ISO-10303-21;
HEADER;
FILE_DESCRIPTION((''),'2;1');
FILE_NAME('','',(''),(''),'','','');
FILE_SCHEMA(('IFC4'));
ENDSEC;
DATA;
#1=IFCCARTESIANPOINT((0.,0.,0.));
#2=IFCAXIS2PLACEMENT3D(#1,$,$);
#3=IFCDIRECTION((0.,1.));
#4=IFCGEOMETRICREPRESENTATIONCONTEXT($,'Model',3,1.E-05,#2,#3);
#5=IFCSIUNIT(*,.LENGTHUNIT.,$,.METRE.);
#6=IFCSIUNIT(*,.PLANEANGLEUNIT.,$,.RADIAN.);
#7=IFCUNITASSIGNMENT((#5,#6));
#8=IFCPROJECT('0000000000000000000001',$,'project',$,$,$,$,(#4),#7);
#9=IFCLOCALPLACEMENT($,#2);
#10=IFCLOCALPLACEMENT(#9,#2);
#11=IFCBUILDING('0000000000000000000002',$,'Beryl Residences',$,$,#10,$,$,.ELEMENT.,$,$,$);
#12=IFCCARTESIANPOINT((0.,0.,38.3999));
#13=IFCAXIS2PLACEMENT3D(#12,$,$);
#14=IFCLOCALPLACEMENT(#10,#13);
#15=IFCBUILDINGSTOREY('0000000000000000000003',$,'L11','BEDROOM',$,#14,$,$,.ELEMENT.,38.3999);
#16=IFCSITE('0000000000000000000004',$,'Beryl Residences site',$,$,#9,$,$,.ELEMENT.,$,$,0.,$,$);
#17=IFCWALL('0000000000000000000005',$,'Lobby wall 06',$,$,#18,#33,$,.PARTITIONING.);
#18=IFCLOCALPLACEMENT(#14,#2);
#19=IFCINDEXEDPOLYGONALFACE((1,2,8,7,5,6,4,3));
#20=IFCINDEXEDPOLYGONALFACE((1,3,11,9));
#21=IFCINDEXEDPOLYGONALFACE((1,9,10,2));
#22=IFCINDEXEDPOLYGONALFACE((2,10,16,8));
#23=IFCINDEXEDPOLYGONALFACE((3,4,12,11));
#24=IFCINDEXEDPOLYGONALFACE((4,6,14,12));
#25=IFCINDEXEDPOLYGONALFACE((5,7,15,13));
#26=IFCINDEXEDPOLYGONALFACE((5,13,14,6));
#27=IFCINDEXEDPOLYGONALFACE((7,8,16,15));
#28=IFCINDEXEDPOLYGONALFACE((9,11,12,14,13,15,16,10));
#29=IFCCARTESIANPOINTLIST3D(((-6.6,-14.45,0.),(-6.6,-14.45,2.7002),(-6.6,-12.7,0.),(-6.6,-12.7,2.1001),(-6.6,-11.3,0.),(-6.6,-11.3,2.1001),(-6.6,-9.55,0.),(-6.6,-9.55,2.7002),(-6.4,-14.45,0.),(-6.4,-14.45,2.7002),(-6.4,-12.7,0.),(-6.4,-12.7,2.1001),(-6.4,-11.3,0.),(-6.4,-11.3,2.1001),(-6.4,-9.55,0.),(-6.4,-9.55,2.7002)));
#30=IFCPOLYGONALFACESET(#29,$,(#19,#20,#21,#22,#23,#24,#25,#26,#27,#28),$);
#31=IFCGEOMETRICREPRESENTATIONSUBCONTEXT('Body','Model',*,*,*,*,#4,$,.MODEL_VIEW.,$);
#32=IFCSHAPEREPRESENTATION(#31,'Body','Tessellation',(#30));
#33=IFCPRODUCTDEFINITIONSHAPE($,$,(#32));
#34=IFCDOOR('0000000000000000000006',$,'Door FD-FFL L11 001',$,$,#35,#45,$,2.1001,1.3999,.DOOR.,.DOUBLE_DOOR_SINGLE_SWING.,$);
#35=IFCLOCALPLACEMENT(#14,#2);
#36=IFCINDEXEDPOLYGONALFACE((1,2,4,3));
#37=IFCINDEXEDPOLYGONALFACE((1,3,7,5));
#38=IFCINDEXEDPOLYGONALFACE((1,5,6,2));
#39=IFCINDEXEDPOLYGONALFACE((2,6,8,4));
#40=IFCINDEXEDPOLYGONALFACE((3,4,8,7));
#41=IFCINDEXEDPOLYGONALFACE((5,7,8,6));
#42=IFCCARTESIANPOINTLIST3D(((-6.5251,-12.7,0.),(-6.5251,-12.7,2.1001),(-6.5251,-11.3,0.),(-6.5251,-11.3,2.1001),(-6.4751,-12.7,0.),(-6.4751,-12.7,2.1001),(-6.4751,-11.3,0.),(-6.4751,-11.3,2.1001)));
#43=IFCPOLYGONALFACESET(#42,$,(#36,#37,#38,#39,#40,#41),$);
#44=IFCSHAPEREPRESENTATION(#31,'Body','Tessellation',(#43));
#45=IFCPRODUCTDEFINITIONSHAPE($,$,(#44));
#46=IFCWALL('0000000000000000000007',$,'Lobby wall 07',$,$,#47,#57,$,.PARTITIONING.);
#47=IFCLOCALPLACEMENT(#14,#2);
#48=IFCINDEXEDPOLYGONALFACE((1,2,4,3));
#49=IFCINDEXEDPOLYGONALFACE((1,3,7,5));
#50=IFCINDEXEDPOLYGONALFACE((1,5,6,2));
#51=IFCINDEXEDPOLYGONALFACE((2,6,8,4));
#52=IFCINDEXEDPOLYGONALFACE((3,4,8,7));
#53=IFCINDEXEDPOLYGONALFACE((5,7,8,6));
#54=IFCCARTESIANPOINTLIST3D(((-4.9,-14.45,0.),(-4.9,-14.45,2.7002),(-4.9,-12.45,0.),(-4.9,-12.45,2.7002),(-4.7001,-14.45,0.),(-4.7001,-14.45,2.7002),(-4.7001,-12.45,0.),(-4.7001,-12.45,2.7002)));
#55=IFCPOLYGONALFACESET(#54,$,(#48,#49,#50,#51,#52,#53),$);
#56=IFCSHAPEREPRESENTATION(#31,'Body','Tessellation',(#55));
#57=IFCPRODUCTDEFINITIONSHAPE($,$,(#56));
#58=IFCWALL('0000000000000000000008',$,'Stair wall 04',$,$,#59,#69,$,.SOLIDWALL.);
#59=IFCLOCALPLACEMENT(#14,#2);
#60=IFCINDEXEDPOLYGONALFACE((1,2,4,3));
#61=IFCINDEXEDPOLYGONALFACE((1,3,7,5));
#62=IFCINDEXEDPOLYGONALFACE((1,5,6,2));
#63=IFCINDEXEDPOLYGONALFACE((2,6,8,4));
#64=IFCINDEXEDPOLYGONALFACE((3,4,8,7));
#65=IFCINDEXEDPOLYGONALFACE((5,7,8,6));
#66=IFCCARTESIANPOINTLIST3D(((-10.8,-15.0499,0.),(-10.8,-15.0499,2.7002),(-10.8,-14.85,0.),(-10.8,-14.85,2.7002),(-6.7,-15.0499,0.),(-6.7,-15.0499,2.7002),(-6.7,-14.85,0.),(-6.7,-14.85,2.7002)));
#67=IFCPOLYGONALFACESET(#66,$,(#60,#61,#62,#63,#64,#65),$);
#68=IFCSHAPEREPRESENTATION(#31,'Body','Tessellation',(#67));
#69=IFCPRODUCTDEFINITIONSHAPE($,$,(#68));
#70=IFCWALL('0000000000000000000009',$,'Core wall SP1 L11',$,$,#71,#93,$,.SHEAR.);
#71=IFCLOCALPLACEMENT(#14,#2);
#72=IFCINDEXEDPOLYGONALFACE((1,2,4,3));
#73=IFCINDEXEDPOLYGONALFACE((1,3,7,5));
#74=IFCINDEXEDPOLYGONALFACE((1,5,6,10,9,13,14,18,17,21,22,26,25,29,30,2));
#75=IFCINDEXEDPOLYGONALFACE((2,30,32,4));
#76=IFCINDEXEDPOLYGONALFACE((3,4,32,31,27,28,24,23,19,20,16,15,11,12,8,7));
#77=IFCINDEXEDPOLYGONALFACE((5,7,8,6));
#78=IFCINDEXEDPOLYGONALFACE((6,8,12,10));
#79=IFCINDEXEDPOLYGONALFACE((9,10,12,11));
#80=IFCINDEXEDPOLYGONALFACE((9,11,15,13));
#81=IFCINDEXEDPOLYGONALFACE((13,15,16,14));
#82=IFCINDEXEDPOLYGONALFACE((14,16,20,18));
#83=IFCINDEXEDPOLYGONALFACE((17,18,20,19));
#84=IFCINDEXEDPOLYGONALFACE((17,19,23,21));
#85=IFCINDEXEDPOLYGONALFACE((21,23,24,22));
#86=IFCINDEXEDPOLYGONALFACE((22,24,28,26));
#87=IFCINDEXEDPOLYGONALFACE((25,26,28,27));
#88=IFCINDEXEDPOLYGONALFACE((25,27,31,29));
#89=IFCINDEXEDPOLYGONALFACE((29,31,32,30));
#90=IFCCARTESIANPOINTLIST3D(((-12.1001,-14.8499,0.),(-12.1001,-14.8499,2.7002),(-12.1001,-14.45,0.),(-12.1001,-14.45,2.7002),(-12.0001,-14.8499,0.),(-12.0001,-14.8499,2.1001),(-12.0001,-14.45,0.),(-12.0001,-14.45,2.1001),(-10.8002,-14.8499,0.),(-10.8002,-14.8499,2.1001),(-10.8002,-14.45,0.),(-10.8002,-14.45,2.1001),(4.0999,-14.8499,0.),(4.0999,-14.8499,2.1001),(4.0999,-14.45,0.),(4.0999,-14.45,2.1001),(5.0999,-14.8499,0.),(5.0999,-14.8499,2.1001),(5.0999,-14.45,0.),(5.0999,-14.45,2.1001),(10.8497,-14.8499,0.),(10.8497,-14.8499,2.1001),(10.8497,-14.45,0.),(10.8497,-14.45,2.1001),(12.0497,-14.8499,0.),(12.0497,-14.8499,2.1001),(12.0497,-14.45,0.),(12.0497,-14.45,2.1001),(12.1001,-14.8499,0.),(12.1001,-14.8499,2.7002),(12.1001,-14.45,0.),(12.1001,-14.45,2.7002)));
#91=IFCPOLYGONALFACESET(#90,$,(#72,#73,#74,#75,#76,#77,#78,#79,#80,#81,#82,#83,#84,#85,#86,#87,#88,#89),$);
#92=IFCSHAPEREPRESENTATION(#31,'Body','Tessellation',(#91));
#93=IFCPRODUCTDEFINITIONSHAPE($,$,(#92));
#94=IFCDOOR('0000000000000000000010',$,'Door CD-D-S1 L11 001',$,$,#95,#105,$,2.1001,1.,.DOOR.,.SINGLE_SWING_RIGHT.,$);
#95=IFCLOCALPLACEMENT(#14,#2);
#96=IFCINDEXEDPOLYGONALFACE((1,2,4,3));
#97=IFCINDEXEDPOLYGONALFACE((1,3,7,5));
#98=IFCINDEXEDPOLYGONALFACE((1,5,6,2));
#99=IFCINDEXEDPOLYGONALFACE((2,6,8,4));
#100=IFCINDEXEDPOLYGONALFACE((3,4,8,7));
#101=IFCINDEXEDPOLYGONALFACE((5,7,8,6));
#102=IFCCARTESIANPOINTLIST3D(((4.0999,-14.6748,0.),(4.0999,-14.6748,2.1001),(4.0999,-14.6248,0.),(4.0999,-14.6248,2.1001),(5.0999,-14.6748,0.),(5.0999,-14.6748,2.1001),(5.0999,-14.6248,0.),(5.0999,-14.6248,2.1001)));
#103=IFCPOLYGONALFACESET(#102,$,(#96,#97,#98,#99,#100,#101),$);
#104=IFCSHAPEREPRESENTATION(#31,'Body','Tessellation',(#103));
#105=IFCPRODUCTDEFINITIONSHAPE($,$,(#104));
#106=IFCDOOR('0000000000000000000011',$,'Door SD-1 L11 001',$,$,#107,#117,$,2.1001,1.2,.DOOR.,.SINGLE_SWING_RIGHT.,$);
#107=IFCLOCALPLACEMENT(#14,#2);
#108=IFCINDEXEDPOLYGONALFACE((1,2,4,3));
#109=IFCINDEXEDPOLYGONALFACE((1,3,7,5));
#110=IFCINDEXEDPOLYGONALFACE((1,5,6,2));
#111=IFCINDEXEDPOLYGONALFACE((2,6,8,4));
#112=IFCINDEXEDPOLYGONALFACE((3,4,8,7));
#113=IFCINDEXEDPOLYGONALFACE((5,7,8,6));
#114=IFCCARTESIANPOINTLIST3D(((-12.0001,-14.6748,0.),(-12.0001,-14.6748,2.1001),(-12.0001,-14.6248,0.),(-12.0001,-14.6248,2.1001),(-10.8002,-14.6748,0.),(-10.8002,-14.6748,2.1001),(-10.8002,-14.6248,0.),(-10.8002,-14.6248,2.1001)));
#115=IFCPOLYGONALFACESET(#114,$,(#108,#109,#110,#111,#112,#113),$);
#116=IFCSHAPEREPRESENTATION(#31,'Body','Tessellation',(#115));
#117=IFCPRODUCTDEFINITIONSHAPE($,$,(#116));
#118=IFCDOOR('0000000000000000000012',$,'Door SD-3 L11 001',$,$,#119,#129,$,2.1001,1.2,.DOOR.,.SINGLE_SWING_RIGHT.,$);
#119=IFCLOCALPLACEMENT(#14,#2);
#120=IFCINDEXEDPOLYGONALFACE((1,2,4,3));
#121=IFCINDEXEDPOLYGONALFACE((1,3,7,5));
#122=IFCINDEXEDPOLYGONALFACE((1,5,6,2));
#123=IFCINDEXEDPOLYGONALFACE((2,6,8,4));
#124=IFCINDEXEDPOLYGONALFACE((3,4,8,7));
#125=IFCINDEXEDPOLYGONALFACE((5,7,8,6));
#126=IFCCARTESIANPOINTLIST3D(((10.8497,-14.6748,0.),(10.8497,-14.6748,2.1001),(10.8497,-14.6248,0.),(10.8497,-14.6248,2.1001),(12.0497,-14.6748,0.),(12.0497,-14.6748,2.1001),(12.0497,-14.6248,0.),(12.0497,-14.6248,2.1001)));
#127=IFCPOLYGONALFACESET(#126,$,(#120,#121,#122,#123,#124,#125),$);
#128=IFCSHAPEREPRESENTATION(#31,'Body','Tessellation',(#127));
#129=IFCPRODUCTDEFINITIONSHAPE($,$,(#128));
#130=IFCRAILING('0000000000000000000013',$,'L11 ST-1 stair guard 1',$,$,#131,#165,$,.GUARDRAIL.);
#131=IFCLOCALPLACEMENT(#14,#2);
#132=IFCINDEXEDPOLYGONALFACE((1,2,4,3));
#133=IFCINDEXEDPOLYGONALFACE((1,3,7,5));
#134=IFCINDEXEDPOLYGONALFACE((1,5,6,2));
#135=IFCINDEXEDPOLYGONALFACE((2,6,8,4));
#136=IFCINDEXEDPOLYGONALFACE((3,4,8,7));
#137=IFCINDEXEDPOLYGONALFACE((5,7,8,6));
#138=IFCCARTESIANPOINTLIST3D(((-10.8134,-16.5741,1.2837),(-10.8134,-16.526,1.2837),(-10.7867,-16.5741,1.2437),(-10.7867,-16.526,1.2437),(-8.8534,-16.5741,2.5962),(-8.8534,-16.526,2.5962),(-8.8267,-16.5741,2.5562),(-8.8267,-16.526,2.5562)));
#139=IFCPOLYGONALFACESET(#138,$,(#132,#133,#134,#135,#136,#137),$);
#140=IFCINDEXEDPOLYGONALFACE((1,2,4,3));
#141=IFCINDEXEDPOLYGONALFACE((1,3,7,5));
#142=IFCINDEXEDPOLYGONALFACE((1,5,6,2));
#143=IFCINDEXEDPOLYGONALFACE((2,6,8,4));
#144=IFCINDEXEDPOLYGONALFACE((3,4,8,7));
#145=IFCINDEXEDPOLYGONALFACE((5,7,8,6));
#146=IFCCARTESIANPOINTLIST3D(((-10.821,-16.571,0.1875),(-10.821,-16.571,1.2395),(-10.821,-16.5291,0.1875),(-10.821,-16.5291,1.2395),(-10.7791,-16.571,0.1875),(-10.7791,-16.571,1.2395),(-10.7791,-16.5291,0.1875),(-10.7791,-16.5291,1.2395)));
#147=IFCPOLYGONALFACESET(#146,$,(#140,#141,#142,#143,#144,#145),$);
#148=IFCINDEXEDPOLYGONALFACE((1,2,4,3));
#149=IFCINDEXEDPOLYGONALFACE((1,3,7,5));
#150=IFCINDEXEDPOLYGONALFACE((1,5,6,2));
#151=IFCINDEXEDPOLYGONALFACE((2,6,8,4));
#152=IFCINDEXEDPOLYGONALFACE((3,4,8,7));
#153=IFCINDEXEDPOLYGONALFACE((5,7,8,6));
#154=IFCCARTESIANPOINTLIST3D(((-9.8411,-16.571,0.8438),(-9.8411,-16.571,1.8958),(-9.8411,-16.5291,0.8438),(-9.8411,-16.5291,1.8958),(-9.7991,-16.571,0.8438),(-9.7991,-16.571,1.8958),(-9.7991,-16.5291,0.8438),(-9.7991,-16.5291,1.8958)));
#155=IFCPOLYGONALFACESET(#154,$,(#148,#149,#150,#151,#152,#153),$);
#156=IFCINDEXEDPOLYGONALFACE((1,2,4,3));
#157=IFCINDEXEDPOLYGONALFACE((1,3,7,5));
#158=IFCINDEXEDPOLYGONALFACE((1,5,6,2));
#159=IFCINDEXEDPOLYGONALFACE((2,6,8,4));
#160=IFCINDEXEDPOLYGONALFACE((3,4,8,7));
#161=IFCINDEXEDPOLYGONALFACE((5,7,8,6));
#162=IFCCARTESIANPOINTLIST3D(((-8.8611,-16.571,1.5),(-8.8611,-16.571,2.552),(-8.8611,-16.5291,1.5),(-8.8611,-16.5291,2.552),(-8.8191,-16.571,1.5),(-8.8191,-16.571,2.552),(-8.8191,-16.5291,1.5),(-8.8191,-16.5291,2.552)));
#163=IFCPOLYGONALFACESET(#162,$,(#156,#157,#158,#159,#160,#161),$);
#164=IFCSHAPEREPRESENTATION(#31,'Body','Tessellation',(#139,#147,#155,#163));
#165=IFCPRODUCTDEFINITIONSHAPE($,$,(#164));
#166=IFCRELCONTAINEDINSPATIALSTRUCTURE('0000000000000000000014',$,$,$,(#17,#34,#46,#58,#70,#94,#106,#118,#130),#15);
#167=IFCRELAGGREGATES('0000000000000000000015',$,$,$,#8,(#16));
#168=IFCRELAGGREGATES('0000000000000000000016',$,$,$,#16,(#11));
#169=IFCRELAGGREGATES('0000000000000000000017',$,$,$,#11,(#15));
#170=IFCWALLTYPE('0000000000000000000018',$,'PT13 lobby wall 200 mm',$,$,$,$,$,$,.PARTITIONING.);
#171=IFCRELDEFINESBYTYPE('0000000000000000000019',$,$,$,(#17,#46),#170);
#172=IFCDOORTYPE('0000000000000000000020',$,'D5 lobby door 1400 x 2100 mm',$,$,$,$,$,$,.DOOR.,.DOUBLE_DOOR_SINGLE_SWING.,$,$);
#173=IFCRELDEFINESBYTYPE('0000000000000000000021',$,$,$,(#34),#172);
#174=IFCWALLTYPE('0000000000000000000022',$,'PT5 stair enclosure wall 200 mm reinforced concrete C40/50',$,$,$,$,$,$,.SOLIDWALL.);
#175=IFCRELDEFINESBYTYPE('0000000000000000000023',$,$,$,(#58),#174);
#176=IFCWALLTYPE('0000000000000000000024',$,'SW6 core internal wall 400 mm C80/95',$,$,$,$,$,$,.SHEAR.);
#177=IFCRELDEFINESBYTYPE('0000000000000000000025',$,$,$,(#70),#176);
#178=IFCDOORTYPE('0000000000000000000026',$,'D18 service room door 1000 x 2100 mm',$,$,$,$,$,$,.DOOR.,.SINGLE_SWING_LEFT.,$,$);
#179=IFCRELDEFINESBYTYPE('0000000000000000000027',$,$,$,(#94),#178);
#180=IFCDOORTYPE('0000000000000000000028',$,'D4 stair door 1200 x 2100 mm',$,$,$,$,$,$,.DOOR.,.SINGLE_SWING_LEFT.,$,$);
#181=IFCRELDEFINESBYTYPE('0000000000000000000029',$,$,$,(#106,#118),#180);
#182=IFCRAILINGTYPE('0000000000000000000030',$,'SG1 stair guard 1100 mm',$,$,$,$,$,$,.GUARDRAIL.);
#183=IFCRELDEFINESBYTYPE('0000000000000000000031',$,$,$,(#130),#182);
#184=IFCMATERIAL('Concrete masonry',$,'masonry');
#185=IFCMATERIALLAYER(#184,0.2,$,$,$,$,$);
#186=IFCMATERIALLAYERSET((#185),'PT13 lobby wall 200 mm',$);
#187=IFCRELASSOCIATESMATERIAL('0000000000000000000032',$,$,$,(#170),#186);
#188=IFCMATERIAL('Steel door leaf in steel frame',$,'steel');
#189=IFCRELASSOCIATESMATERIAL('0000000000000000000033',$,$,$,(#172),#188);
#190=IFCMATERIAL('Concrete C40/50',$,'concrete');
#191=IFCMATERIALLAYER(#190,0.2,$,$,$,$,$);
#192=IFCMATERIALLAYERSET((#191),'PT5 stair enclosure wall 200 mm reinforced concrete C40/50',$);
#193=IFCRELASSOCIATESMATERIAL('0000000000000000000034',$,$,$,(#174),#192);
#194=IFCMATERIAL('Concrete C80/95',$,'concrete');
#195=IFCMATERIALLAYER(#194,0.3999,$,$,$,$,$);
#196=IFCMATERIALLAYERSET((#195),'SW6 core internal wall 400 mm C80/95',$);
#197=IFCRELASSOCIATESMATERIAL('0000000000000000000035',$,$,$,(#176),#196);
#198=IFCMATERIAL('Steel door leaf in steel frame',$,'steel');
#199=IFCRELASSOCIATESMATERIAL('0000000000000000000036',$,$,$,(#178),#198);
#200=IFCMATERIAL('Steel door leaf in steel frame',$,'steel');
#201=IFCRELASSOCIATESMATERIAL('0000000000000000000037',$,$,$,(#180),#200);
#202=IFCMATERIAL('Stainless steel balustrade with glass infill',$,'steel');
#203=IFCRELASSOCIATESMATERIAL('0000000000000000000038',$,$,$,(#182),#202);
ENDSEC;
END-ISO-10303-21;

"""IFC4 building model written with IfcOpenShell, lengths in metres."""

from ifc_helpers import new_model, si_unit, direction, frame, frame_2d, origin, origin_2d, place, context, subcontext, project, spatial, rectangle, extrude, material, layer, layer_set, type_object, element, fill, save


model = new_model("IFC4")

# Units and contexts
model_context = context("Model", 3, precision=1e-05, world=origin(), true_north=direction((0.0, 1.0)))
body_context = subcontext(model_context, "Body", "Model", "MODEL_VIEW")
ifc_project = project(units=[si_unit("LENGTHUNIT", "METRE"), si_unit("PLANEANGLEUNIT", "RADIAN")], contexts=[model_context])

# Site, building, storey
site_placement = place(None, origin())
site = spatial("IfcSite", under=ifc_project, at=site_placement, Name="Beryl Residences site", CompositionType="ELEMENT", RefElevation=0.0)
building_placement = place(site_placement, origin())
building = spatial("IfcBuilding", under=site, at=building_placement, Name="Beryl Residences", CompositionType="ELEMENT")
storey_placement = place(building_placement, frame((0.0, 0.0, 38.3999)))
storey = spatial("IfcBuildingStorey", under=building, at=storey_placement, Name="L11", Description="BEDROOM", CompositionType="ELEMENT", Elevation=38.3999)

# Wall, opening, door
ifc_material_1 = material(Name="Concrete masonry", Category="masonry")
ifc_layer_1 = layer(ifc_material_1, 0.2)
ifc_layer_set_1 = layer_set([ifc_layer_1], Name="PT13 lobby wall 200 mm")
wall_type_1 = type_object("IfcWallType", Name="PT13 lobby wall 200 mm", PredefinedType="PARTITIONING", material=ifc_layer_set_1)
wall_1_placement = place(storey_placement, frame((-6.5, -14.45, 0.0), z_axis=(0.0, 0.0, 1.0), x_axis=(0.0, 1.0, 0.0)))
wall_1 = element("IfcWall", 1, at=wall_1_placement, inside=storey, type_object=wall_type_1, Name="Lobby wall 06", PredefinedType="PARTITIONING", context=body_context, shape_type="SweptSolid", body=[
    extrude(rectangle(XDim=4.8999, YDim=0.2, at=frame_2d((2.45, 0.0))), origin(), (0.0, 0.0, 1.0), 2.7002),
])
opening_1_placement = place(wall_1_placement, frame((3.1499, 0.0, 0.0), z_axis=(0.0, 0.0, 1.0), x_axis=(-1.0, 0.0, 0.0)))
opening_1 = element("IfcOpeningElement", 2, at=opening_1_placement, cuts=wall_1, PredefinedType="OPENING", context=body_context, shape_type="SweptSolid", body=[
    extrude(rectangle(XDim=1.3999, YDim=2.1001, at=frame_2d((0.7, 1.05))), frame((0.0, 0.1099, 0.0), z_axis=(0.0, -1.0, 0.0), x_axis=(1.0, 0.0, 0.0)), (0.0, 0.0, 1.0), 0.22),
])
ifc_material_2 = material(Name="Steel door leaf in steel frame", Category="steel")
door_type_1 = type_object("IfcDoorType", Name="D5 lobby door 1400 x 2100 mm", OperationType="DOUBLE_DOOR_SINGLE_SWING", PredefinedType="DOOR", material=ifc_material_2)
door_1_placement = place(opening_1_placement, origin())
door_1 = element("IfcDoor", 3, at=door_1_placement, inside=storey, type_object=door_type_1, Name="Door FD-FFL L11 001", OperationType="DOUBLE_DOOR_SINGLE_SWING", OverallHeight=2.1001, OverallWidth=1.3999, PredefinedType="DOOR", context=body_context, shape_type="SweptSolid", body=[
    extrude(rectangle(XDim=1.3999, YDim=2.1001, at=frame_2d((0.7, 1.05))), frame((0.0, 0.0249, 0.0), z_axis=(0.0, -1.0, 0.0), x_axis=(1.0, 0.0, 0.0)), (0.0, 0.0, 1.0), 0.05),
])
fill(opening_1, door_1)

# Walls
wall_2_placement = place(storey_placement, frame((-4.8, -14.45, 0.0), z_axis=(0.0, 0.0, 1.0), x_axis=(0.0, 1.0, 0.0)))
element("IfcWall", 4, at=wall_2_placement, inside=storey, type_object=wall_type_1, Name="Lobby wall 07", PredefinedType="PARTITIONING", context=body_context, shape_type="SweptSolid", body=[
    extrude(rectangle(XDim=2.0, YDim=0.2, at=frame_2d((1.0, 0.0))), origin(), (0.0, 0.0, 1.0), 2.7002),
])
ifc_material_3 = material(Name="Concrete C40/50", Category="concrete")
ifc_layer_2 = layer(ifc_material_3, 0.2)
ifc_layer_set_2 = layer_set([ifc_layer_2], Name="PT5 stair enclosure wall 200 mm reinforced concrete C40/50")
wall_type_2 = type_object("IfcWallType", Name="PT5 stair enclosure wall 200 mm reinforced concrete C40/50", PredefinedType="SOLIDWALL", material=ifc_layer_set_2)
wall_3_placement = place(storey_placement, frame((-10.8, -14.95, 0.0), z_axis=(0.0, 0.0, 1.0), x_axis=(1.0, 0.0, 0.0)))
element("IfcWall", 5, at=wall_3_placement, inside=storey, type_object=wall_type_2, Name="Stair wall 04", PredefinedType="SOLIDWALL", context=body_context, shape_type="SweptSolid", body=[
    extrude(rectangle(XDim=4.1001, YDim=0.2, at=frame_2d((2.05, 0.0))), origin(), (0.0, 0.0, 1.0), 2.7002),
])

# Wall, openings, doors
ifc_material_4 = material(Name="Concrete C80/95", Category="concrete")
ifc_layer_3 = layer(ifc_material_4, 0.3999)
ifc_layer_set_3 = layer_set([ifc_layer_3], Name="SW6 core internal wall 400 mm C80/95")
wall_type_3 = type_object("IfcWallType", Name="SW6 core internal wall 400 mm C80/95", PredefinedType="SHEAR", material=ifc_layer_set_3)
wall_4_placement = place(storey_placement, frame((-12.1001, -14.6499, 0.0), z_axis=(0.0, 0.0, 1.0), x_axis=(1.0, 0.0, 0.0)))
wall_4 = element("IfcWall", 6, at=wall_4_placement, inside=storey, type_object=wall_type_3, Name="Core wall SP1 L11", PredefinedType="SHEAR", context=body_context, shape_type="SweptSolid", body=[
    extrude(rectangle(XDim=24.2002, YDim=0.3999, at=frame_2d((12.1001, 0.0))), origin(), (0.0, 0.0, 1.0), 2.7002),
])
opening_2_placement = place(wall_4_placement, frame((1.3, 0.0, 0.0), z_axis=(0.0, 0.0, 1.0), x_axis=(-1.0, 0.0, 0.0)))
opening_2 = element("IfcOpeningElement", 7, at=opening_2_placement, cuts=wall_4, PredefinedType="OPENING", context=body_context, shape_type="SweptSolid", body=[
    extrude(rectangle(XDim=1.2, YDim=2.1001, at=frame_2d((0.6001, 1.05))), frame((0.0, 0.21, 0.0), z_axis=(0.0, -1.0, 0.0), x_axis=(1.0, 0.0, 0.0)), (0.0, 0.0, 1.0), 0.4199),
])
opening_3_placement = place(wall_4_placement, frame((24.1499, 0.0, 0.0), z_axis=(0.0, 0.0, 1.0), x_axis=(-1.0, 0.0, 0.0)))
opening_3 = element("IfcOpeningElement", 8, at=opening_3_placement, cuts=wall_4, PredefinedType="OPENING", context=body_context, shape_type="SweptSolid", body=[
    extrude(rectangle(XDim=1.2, YDim=2.1001, at=frame_2d((0.6001, 1.05))), frame((0.0, 0.21, 0.0), z_axis=(0.0, -1.0, 0.0), x_axis=(1.0, 0.0, 0.0)), (0.0, 0.0, 1.0), 0.4199),
])
opening_4_placement = place(wall_4_placement, frame((17.2, 0.0, 0.0), z_axis=(0.0, 0.0, 1.0), x_axis=(-1.0, 0.0, 0.0)))
opening_4 = element("IfcOpeningElement", 9, at=opening_4_placement, cuts=wall_4, PredefinedType="OPENING", context=body_context, shape_type="SweptSolid", body=[
    extrude(rectangle(XDim=1.0, YDim=2.1001, at=frame_2d((0.5, 1.05))), frame((0.0, 0.21, 0.0), z_axis=(0.0, -1.0, 0.0), x_axis=(1.0, 0.0, 0.0)), (0.0, 0.0, 1.0), 0.4199),
])
ifc_material_5 = material(Name="Steel door leaf in steel frame", Category="steel")
door_type_2 = type_object("IfcDoorType", Name="D18 service room door 1000 x 2100 mm", OperationType="SINGLE_SWING_LEFT", PredefinedType="DOOR", material=ifc_material_5)
door_2_placement = place(opening_4_placement, origin())
door_2 = element("IfcDoor", 10, at=door_2_placement, inside=storey, type_object=door_type_2, Name="Door CD-D-S1 L11 001", OperationType="SINGLE_SWING_RIGHT", OverallHeight=2.1001, OverallWidth=1.0, PredefinedType="DOOR", context=body_context, shape_type="SweptSolid", body=[
    extrude(rectangle(XDim=1.0, YDim=2.1001, at=frame_2d((0.5, 1.05))), frame((0.0, 0.0249, 0.0), z_axis=(0.0, -1.0, 0.0), x_axis=(1.0, 0.0, 0.0)), (0.0, 0.0, 1.0), 0.05),
])
fill(opening_4, door_2)
ifc_material_6 = material(Name="Steel door leaf in steel frame", Category="steel")
door_type_3 = type_object("IfcDoorType", Name="D4 stair door 1200 x 2100 mm", OperationType="SINGLE_SWING_LEFT", PredefinedType="DOOR", material=ifc_material_6)
door_3_placement = place(opening_2_placement, origin())
door_3 = element("IfcDoor", 11, at=door_3_placement, inside=storey, type_object=door_type_3, Name="Door SD-1 L11 001", OperationType="SINGLE_SWING_RIGHT", OverallHeight=2.1001, OverallWidth=1.2, PredefinedType="DOOR", context=body_context, shape_type="SweptSolid", body=[
    extrude(rectangle(XDim=1.2, YDim=2.1001, at=frame_2d((0.6001, 1.05))), frame((0.0, 0.0249, 0.0), z_axis=(0.0, -1.0, 0.0), x_axis=(1.0, 0.0, 0.0)), (0.0, 0.0, 1.0), 0.05),
])
fill(opening_2, door_3)
door_4_placement = place(opening_3_placement, origin())
door_4 = element("IfcDoor", 12, at=door_4_placement, inside=storey, type_object=door_type_3, Name="Door SD-3 L11 001", OperationType="SINGLE_SWING_RIGHT", OverallHeight=2.1001, OverallWidth=1.2, PredefinedType="DOOR", context=body_context, shape_type="SweptSolid", body=[
    extrude(rectangle(XDim=1.2, YDim=2.1001, at=frame_2d((0.6001, 1.05))), frame((0.0, 0.0249, 0.0), z_axis=(0.0, -1.0, 0.0), x_axis=(1.0, 0.0, 0.0)), (0.0, 0.0, 1.0), 0.05),
])
fill(opening_3, door_4)

# Railing
ifc_material_7 = material(Name="Stainless steel balustrade with glass infill", Category="steel")
railing_type_1 = type_object("IfcRailingType", Name="SG1 stair guard 1100 mm", PredefinedType="GUARDRAIL", material=ifc_material_7)
railing_1_placement = place(storey_placement, frame((-10.8, -16.55, 0.1875)))
element("IfcRailing", 13, at=railing_1_placement, inside=storey, type_object=railing_type_1, Name="L11 ST-1 stair guard 1", PredefinedType="GUARDRAIL", context=body_context, shape_type="SweptSolid", body=[
    extrude(rectangle(XDim=0.0481, YDim=0.0481, at=origin_2d()), frame((0.0, 0.0, 1.0762), z_axis=(0.830902, 0.0, 0.556419), x_axis=(0.0, 1.0, 0.0)), (0.0, 0.0, 1.0), 2.3589),
    extrude(rectangle(XDim=0.042, YDim=0.042, at=origin_2d()), origin(), (0.0, 0.0, 1.0), 1.052),
    extrude(rectangle(XDim=0.042, YDim=0.042, at=origin_2d()), frame((0.98, 0.0, 0.6562)), (0.0, 0.0, 1.0), 1.052),
    extrude(rectangle(XDim=0.042, YDim=0.042, at=origin_2d()), frame((1.96, 0.0, 1.3125)), (0.0, 0.0, 1.0), 1.052),
])

save(model, "model.ifc")
